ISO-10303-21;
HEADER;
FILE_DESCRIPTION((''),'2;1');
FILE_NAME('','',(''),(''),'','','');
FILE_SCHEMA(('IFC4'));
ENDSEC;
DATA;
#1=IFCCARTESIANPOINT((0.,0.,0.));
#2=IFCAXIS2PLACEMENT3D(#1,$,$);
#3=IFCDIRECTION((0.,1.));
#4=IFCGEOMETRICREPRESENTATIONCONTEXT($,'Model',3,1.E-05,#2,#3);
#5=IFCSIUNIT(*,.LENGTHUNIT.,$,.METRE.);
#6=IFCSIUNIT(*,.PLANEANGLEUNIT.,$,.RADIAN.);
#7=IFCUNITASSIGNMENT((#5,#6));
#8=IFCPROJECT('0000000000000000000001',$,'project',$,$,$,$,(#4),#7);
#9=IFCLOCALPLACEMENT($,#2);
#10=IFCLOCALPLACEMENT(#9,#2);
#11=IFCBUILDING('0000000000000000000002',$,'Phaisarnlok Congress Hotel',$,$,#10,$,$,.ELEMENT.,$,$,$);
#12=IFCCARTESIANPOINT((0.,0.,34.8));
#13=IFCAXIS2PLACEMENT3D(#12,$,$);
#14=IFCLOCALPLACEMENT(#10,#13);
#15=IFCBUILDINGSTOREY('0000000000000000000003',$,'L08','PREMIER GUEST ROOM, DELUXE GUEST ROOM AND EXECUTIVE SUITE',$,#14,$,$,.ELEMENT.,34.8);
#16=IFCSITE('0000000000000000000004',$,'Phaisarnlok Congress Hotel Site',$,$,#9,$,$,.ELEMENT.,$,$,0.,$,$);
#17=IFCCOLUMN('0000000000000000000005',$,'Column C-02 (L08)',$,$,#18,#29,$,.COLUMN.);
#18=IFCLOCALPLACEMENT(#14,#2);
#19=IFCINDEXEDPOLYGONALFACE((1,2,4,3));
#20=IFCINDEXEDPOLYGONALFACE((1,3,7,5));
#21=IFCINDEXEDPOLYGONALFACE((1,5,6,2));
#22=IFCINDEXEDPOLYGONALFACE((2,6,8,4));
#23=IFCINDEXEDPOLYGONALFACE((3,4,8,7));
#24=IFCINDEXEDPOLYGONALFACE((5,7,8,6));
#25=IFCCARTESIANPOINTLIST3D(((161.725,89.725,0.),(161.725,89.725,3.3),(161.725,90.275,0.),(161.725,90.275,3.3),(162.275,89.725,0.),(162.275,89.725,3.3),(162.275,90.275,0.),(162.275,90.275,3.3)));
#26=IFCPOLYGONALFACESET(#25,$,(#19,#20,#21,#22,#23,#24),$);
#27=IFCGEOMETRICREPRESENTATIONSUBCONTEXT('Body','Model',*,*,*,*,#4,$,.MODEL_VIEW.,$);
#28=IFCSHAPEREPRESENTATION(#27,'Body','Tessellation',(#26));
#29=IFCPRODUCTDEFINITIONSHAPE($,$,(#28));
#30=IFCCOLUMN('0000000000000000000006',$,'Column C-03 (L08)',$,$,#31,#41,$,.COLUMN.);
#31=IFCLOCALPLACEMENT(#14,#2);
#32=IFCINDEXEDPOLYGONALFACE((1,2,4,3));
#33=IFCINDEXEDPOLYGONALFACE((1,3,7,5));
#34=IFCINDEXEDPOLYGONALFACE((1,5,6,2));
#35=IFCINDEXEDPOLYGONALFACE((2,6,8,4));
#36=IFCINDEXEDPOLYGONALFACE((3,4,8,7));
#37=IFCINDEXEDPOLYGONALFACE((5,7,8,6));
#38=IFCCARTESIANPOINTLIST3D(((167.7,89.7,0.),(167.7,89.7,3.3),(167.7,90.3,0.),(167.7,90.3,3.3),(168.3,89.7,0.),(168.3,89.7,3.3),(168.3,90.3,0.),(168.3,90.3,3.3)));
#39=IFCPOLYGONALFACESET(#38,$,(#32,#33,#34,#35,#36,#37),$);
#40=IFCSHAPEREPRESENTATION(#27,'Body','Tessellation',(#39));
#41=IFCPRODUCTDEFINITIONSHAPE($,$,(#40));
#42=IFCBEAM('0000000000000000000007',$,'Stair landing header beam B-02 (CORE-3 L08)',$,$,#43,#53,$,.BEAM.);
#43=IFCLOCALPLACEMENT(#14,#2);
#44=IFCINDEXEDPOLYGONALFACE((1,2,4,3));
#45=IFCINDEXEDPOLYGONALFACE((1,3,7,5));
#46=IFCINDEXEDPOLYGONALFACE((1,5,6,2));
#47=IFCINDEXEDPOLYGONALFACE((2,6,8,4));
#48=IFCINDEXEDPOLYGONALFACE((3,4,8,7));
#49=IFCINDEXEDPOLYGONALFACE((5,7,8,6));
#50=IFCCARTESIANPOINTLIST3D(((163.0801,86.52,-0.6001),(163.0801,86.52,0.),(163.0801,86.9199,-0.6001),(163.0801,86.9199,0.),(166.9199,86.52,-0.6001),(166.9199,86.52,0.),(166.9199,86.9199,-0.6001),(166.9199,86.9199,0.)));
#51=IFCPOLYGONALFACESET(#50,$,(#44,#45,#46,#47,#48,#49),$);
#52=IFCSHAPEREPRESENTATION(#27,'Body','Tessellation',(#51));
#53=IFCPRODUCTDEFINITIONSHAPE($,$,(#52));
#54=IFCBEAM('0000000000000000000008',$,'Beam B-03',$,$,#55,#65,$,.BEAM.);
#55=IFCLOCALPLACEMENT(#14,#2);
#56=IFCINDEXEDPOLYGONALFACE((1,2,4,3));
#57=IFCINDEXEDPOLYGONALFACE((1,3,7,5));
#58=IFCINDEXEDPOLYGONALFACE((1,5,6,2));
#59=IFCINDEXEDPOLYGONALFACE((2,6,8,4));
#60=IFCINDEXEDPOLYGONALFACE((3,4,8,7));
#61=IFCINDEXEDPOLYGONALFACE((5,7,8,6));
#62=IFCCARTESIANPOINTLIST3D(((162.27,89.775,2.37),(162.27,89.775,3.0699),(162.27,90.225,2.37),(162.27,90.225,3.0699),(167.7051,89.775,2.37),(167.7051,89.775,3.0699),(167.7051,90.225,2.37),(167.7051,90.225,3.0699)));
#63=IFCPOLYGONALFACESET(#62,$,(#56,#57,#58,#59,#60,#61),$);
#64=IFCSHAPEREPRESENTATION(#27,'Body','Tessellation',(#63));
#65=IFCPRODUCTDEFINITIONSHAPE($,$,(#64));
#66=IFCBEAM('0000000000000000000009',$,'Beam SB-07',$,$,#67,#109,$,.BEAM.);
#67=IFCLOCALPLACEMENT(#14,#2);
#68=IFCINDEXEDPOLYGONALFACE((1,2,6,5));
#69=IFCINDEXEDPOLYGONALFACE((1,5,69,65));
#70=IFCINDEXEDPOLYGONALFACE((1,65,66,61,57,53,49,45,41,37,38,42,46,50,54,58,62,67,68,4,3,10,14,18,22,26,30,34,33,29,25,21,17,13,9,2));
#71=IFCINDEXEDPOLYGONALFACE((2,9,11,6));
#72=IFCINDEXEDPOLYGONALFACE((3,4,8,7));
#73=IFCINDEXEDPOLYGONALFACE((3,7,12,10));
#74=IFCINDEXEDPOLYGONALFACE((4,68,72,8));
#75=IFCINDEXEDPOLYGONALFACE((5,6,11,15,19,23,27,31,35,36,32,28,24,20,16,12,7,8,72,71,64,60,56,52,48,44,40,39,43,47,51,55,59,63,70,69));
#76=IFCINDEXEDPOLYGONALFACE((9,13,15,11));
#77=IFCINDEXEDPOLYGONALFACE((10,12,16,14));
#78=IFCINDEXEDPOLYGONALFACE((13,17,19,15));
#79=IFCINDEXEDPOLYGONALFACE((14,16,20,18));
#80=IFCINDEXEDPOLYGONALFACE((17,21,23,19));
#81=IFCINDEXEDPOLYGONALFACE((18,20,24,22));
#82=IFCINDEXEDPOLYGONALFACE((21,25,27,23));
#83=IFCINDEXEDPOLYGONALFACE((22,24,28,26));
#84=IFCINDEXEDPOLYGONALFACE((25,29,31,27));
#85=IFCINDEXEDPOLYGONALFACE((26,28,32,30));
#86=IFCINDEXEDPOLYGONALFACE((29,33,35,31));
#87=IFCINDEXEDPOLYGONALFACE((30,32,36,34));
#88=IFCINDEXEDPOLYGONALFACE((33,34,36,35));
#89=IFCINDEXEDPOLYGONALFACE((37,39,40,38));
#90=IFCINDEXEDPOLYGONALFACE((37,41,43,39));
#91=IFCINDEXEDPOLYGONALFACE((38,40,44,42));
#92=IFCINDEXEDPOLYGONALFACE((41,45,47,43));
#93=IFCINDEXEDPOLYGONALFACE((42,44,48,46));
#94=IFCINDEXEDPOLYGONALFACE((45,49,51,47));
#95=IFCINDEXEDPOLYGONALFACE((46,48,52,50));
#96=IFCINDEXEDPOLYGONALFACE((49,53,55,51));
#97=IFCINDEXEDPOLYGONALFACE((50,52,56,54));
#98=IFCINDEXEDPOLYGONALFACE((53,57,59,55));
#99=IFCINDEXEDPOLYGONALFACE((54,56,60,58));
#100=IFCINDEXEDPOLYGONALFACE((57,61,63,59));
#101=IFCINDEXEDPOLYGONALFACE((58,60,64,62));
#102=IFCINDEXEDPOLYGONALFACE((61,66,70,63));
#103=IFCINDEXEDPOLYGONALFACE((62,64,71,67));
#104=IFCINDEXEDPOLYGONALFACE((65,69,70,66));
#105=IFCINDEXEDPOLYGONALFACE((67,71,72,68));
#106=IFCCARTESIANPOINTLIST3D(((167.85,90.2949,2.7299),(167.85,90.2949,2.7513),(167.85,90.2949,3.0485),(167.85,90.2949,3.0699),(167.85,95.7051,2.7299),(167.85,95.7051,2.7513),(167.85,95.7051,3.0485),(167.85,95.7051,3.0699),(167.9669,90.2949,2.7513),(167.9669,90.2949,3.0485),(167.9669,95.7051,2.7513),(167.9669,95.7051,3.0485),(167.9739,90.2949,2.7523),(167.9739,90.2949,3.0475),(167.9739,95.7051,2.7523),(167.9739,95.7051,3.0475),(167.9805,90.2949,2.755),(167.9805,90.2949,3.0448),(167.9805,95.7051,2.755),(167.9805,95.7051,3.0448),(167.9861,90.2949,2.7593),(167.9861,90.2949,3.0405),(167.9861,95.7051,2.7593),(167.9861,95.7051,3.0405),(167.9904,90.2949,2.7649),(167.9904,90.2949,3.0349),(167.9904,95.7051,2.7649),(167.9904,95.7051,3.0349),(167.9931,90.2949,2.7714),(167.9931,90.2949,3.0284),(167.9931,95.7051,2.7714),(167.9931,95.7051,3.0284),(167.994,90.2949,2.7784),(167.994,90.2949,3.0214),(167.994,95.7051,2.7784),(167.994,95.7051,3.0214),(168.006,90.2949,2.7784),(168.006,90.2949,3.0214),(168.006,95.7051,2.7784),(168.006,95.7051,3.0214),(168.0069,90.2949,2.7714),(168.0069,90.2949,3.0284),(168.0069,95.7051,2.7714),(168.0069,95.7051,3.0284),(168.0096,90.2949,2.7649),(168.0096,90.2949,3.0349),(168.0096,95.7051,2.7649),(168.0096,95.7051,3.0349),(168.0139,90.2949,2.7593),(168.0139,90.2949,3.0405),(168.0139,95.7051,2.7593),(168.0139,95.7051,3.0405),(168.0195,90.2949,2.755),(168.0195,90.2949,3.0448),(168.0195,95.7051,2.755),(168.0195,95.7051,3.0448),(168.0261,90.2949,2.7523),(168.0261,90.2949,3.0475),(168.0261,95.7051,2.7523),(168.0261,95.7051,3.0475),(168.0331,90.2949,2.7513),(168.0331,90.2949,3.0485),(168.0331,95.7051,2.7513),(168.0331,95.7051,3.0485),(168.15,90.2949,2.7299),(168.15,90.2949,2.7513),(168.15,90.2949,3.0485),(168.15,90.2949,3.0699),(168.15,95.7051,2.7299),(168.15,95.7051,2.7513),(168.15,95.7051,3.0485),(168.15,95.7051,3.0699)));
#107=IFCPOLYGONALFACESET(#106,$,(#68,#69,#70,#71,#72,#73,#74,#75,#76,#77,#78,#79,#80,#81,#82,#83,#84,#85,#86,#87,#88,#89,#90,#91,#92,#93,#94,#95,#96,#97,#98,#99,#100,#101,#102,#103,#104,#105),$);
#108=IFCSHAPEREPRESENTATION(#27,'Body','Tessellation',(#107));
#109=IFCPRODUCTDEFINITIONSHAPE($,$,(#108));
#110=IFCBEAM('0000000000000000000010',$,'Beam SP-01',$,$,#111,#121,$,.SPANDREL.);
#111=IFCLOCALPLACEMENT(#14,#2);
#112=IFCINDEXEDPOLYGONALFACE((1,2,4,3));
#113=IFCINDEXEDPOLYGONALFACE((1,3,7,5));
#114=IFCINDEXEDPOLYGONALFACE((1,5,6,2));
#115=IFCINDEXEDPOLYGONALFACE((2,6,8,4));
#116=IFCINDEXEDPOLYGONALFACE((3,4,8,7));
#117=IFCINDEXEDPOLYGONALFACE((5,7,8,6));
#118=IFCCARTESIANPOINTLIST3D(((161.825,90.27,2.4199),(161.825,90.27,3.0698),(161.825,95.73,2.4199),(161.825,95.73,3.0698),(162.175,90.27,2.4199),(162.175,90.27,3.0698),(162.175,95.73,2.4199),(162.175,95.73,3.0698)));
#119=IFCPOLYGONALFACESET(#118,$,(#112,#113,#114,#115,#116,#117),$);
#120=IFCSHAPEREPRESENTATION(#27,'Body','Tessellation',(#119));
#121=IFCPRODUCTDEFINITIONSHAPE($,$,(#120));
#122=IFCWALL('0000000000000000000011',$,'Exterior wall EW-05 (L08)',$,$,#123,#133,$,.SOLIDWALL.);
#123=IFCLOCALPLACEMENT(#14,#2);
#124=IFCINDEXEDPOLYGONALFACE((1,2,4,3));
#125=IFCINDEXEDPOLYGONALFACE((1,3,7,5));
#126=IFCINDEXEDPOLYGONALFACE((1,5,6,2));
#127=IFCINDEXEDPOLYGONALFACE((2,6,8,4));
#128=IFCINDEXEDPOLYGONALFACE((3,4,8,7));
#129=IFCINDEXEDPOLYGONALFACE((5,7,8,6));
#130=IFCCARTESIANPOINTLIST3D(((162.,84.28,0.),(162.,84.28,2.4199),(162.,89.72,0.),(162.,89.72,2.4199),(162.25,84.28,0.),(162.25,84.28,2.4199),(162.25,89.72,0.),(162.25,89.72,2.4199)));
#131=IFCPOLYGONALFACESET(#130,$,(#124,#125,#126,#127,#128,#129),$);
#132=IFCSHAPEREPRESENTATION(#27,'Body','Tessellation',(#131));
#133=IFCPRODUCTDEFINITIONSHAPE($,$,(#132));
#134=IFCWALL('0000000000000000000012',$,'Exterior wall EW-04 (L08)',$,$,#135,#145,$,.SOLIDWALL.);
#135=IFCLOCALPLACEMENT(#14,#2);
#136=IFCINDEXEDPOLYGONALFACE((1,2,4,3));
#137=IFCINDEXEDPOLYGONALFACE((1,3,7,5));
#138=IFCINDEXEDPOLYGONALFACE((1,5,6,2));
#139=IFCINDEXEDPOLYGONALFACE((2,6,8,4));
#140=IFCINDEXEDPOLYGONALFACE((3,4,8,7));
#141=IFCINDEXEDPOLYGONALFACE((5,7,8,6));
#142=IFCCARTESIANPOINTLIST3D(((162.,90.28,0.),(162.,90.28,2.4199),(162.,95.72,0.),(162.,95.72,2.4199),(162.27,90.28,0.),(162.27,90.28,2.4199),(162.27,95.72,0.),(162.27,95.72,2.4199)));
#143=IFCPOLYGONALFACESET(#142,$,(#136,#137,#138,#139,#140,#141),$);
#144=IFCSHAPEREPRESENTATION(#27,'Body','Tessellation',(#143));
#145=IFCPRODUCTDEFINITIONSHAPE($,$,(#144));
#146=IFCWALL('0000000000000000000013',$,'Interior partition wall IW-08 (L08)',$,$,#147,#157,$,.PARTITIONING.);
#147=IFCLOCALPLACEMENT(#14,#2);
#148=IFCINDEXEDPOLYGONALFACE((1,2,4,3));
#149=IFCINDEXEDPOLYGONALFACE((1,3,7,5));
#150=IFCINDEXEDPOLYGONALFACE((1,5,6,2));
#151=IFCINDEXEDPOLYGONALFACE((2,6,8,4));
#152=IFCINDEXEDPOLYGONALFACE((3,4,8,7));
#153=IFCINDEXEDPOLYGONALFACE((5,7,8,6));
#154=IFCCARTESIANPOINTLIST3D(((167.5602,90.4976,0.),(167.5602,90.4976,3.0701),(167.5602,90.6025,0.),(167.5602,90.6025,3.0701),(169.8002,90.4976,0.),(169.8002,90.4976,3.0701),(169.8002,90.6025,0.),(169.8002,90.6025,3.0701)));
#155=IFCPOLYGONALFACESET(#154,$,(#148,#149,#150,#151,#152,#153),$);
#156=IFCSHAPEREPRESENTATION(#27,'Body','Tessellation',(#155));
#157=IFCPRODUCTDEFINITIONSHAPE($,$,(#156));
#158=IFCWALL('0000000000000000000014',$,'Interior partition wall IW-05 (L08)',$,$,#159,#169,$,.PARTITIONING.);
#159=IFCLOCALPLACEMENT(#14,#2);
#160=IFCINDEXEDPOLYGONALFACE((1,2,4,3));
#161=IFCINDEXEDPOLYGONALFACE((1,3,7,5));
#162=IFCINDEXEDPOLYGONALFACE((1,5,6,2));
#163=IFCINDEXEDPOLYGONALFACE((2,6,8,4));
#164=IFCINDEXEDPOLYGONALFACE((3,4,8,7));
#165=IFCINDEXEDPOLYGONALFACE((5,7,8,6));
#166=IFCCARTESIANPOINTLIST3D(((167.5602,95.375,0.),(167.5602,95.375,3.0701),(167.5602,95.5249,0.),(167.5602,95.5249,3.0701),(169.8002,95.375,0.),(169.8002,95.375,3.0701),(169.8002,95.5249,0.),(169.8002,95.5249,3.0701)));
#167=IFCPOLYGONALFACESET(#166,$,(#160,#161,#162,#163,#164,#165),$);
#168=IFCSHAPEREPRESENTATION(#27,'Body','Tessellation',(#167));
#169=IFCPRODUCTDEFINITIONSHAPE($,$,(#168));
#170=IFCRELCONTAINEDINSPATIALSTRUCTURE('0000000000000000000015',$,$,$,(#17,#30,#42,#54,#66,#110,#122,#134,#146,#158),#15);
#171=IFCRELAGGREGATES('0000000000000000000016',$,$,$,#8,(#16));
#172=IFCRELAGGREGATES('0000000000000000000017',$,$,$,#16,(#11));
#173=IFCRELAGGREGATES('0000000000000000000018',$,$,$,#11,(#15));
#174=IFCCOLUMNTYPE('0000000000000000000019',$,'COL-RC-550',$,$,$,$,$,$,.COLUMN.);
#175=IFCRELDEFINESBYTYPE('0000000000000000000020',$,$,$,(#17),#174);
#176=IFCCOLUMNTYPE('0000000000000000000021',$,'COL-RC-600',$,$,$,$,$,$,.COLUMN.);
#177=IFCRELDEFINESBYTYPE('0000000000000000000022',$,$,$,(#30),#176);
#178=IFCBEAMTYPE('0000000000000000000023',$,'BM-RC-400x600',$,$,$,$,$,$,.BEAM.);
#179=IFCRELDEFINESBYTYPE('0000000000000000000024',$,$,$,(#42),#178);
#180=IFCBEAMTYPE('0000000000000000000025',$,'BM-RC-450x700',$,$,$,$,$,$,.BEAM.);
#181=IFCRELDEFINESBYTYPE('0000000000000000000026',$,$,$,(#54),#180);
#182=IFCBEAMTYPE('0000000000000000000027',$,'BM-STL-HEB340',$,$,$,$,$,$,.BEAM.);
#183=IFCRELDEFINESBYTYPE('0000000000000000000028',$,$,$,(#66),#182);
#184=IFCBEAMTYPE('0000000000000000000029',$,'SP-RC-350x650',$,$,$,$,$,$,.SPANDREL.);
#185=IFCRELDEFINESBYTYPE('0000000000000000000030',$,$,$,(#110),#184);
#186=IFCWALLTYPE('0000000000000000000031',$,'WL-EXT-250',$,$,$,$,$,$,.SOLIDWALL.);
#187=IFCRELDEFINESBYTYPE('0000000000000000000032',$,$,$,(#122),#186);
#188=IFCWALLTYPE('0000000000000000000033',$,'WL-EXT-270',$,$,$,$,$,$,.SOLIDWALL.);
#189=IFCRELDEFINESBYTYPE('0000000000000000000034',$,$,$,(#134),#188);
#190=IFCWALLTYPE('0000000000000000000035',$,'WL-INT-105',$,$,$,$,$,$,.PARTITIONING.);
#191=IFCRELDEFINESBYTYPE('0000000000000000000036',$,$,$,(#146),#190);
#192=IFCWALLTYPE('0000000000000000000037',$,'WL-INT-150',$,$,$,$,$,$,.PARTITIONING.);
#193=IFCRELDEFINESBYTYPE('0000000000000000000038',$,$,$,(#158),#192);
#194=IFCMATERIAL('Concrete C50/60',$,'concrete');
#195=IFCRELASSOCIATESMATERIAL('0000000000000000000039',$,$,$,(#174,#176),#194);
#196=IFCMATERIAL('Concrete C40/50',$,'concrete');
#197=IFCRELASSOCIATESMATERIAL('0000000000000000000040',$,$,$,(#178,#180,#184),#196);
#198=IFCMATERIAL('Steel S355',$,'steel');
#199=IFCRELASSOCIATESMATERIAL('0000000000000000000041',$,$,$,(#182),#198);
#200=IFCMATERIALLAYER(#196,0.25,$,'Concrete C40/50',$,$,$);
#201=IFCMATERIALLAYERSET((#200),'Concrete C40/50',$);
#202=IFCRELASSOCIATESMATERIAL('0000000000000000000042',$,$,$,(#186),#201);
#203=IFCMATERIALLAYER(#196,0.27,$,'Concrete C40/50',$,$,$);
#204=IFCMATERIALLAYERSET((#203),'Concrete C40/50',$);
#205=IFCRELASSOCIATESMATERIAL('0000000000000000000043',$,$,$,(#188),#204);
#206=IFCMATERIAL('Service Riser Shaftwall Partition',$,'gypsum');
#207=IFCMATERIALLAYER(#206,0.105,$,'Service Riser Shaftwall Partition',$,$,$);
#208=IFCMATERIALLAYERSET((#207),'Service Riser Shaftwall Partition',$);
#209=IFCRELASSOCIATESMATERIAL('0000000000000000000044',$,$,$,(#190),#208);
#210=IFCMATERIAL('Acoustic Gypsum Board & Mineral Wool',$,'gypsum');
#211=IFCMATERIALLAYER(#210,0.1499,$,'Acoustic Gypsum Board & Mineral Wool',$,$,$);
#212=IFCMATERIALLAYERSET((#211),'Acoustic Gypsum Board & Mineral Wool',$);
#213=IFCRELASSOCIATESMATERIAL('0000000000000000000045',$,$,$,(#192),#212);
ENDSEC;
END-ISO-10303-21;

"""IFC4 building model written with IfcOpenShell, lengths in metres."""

from ifc_helpers import new_model, si_unit, direction, frame, frame_2d, origin, origin_2d, place, context, subcontext, project, spatial, rectangle, i_section, extrude, material, layer, layer_set, material_profile, profile_set, type_object, element, save


model = new_model("IFC4")

# Units and contexts
model_context = context("Model", 3, precision=1e-05, world=origin(), true_north=direction((0.0, 1.0)))
body_context = subcontext(model_context, "Body", "Model", "MODEL_VIEW")
ifc_project = project(units=[si_unit("LENGTHUNIT", "METRE"), si_unit("PLANEANGLEUNIT", "RADIAN")], contexts=[model_context])

# Site, building, storey
site_placement = place(None, origin())
site = spatial("IfcSite", under=ifc_project, at=site_placement, Name="Phaisarnlok Congress Hotel Site", CompositionType="ELEMENT", RefElevation=0.0)
building_placement = place(site_placement, origin())
building = spatial("IfcBuilding", under=site, at=building_placement, Name="Phaisarnlok Congress Hotel", CompositionType="ELEMENT")
storey_placement = place(building_placement, frame((0.0, 0.0, 34.8)))
storey = spatial("IfcBuildingStorey", under=building, at=storey_placement, Name="L08", Description="PREMIER GUEST ROOM, DELUXE GUEST ROOM AND EXECUTIVE SUITE", CompositionType="ELEMENT", Elevation=34.8)

# Columns
ifc_material_1 = material(Name="Concrete C50/60", Category="concrete")
ifc_material_profile_1 = material_profile(ifc_material_1, rectangle(XDim=0.55, YDim=0.55, at=origin_2d()), Name="RC 550x550")
ifc_profile_set_1 = profile_set([ifc_material_profile_1], Name="Concrete C50/60")
column_type_1 = type_object("IfcColumnType", Name="COL-RC-550", PredefinedType="COLUMN", material=ifc_profile_set_1)
column_1_placement = place(storey_placement, frame((162.0, 90.0, 0.0), z_axis=(0.0, 0.0, 1.0), x_axis=(1.0, 0.0, 0.0)))
element("IfcColumn", 1, at=column_1_placement, inside=storey, type_object=column_type_1, Name="Column C-02 (L08)", PredefinedType="COLUMN", context=body_context, shape_type="SweptSolid", body=[
    extrude(rectangle(XDim=0.55, YDim=0.55, at=origin_2d()), origin(), (0.0, 0.0, 1.0), 3.3),
])
ifc_material_profile_2 = material_profile(ifc_material_1, rectangle(XDim=0.6001, YDim=0.6001, at=origin_2d()), Name="RC 600x600")
ifc_profile_set_2 = profile_set([ifc_material_profile_2], Name="Concrete C50/60")
column_type_2 = type_object("IfcColumnType", Name="COL-RC-600", PredefinedType="COLUMN", material=ifc_profile_set_2)
column_2_placement = place(storey_placement, frame((168.0, 90.0, 0.0), z_axis=(0.0, 0.0, 1.0), x_axis=(1.0, 0.0, 0.0)))
element("IfcColumn", 2, at=column_2_placement, inside=storey, type_object=column_type_2, Name="Column C-03 (L08)", PredefinedType="COLUMN", context=body_context, shape_type="SweptSolid", body=[
    extrude(rectangle(XDim=0.6001, YDim=0.6001, at=origin_2d()), origin(), (0.0, 0.0, 1.0), 3.3),
])

# Beams
ifc_material_2 = material(Name="Concrete C40/50", Category="concrete")
ifc_material_profile_3 = material_profile(ifc_material_2, rectangle(XDim=0.3999, YDim=0.6001, at=origin_2d()), Name="RC 400x600")
ifc_profile_set_3 = profile_set([ifc_material_profile_3], Name="Concrete C40/50")
beam_type_1 = type_object("IfcBeamType", Name="BM-RC-400x600", PredefinedType="BEAM", material=ifc_profile_set_3)
beam_1_placement = place(storey_placement, frame((163.0801, 86.72, -0.3), z_axis=(1.0, 0.0, 0.0), x_axis=(0.0, 1.0, 0.0)))
element("IfcBeam", 3, at=beam_1_placement, inside=storey, type_object=beam_type_1, Name="Stair landing header beam B-02 (CORE-3 L08)", PredefinedType="BEAM", context=body_context, shape_type="SweptSolid", body=[
    extrude(rectangle(XDim=0.3999, YDim=0.6001, at=origin_2d()), origin(), (0.0, 0.0, 1.0), 3.8398),
])
ifc_material_profile_4 = material_profile(ifc_material_2, rectangle(XDim=0.45, YDim=0.7, at=origin_2d()), Name="RC 450x700")
ifc_profile_set_4 = profile_set([ifc_material_profile_4], Name="Concrete C40/50")
beam_type_2 = type_object("IfcBeamType", Name="BM-RC-450x700", PredefinedType="BEAM", material=ifc_profile_set_4)
beam_2_placement = place(storey_placement, frame((162.27, 90.0, 2.72), z_axis=(1.0, 0.0, 0.0), x_axis=(0.0, 1.0, 0.0)))
element("IfcBeam", 4, at=beam_2_placement, inside=storey, type_object=beam_type_2, Name="Beam B-03", PredefinedType="BEAM", context=body_context, shape_type="SweptSolid", body=[
    extrude(rectangle(XDim=0.45, YDim=0.7, at=origin_2d()), origin(), (0.0, 0.0, 1.0), 5.4351),
])
ifc_material_3 = material(Name="Steel S355", Category="steel")
ifc_material_profile_5 = material_profile(ifc_material_3, i_section(OverallWidth=0.3, OverallDepth=0.3401, WebThickness=0.012, FlangeThickness=0.0215, FilletRadius=0.0271, at=origin_2d()), Name="HEB 340")
ifc_profile_set_5 = profile_set([ifc_material_profile_5], Name="Steel S355")
beam_type_3 = type_object("IfcBeamType", Name="BM-STL-HEB340", PredefinedType="BEAM", material=ifc_profile_set_5)
beam_3_placement = place(storey_placement, frame((168.0, 90.2949, 2.8999), z_axis=(0.0, 1.0, 0.0), x_axis=(-1.0, 0.0, 0.0)))
element("IfcBeam", 5, at=beam_3_placement, inside=storey, type_object=beam_type_3, Name="Beam SB-07", PredefinedType="BEAM", context=body_context, shape_type="SweptSolid", body=[
    extrude(i_section(OverallWidth=0.3, OverallDepth=0.3401, WebThickness=0.012, FlangeThickness=0.0215, FilletRadius=0.0271, at=origin_2d()), origin(), (0.0, 0.0, 1.0), 5.4102),
])
ifc_material_profile_6 = material_profile(ifc_material_2, rectangle(XDim=0.3501, YDim=0.6499, at=origin_2d()), Name="RC 350x650")
ifc_profile_set_6 = profile_set([ifc_material_profile_6], Name="Concrete C40/50")
beam_type_4 = type_object("IfcBeamType", Name="SP-RC-350x650", PredefinedType="SPANDREL", material=ifc_profile_set_6)
beam_4_placement = place(storey_placement, frame((162.0, 90.27, 2.7449), z_axis=(0.0, 1.0, 0.0), x_axis=(-1.0, 0.0, 0.0)))
element("IfcBeam", 6, at=beam_4_placement, inside=storey, type_object=beam_type_4, Name="Beam SP-01", PredefinedType="SPANDREL", context=body_context, shape_type="SweptSolid", body=[
    extrude(rectangle(XDim=0.3501, YDim=0.6499, at=origin_2d()), origin(), (0.0, 0.0, 1.0), 5.46),
])

# Walls
ifc_layer_1 = layer(ifc_material_2, 0.25, Name="Concrete C40/50")
ifc_layer_set_1 = layer_set([ifc_layer_1], Name="Concrete C40/50")
wall_type_1 = type_object("IfcWallType", Name="WL-EXT-250", PredefinedType="SOLIDWALL", material=ifc_layer_set_1)
wall_1_placement = place(storey_placement, frame((162.125, 89.72, 0.0), z_axis=(0.0, 0.0, 1.0), x_axis=(0.0, -1.0, 0.0)))
element("IfcWall", 7, at=wall_1_placement, inside=storey, type_object=wall_type_1, Name="Exterior wall EW-05 (L08)", PredefinedType="SOLIDWALL", context=body_context, shape_type="SweptSolid", body=[
    extrude(rectangle(XDim=5.4399, YDim=0.25, at=frame_2d((2.72, 0.0))), origin(), (0.0, 0.0, 1.0), 2.4199),
])
ifc_layer_2 = layer(ifc_material_2, 0.27, Name="Concrete C40/50")
ifc_layer_set_2 = layer_set([ifc_layer_2], Name="Concrete C40/50")
wall_type_2 = type_object("IfcWallType", Name="WL-EXT-270", PredefinedType="SOLIDWALL", material=ifc_layer_set_2)
wall_2_placement = place(storey_placement, frame((162.135, 95.72, 0.0), z_axis=(0.0, 0.0, 1.0), x_axis=(0.0, -1.0, 0.0)))
element("IfcWall", 8, at=wall_2_placement, inside=storey, type_object=wall_type_2, Name="Exterior wall EW-04 (L08)", PredefinedType="SOLIDWALL", context=body_context, shape_type="SweptSolid", body=[
    extrude(rectangle(XDim=5.4399, YDim=0.27, at=frame_2d((2.72, 0.0))), origin(), (0.0, 0.0, 1.0), 2.4199),
])
ifc_material_4 = material(Name="Service Riser Shaftwall Partition", Category="gypsum")
ifc_layer_3 = layer(ifc_material_4, 0.105, Name="Service Riser Shaftwall Partition")
ifc_layer_set_3 = layer_set([ifc_layer_3], Name="Service Riser Shaftwall Partition")
wall_type_3 = type_object("IfcWallType", Name="WL-INT-105", PredefinedType="PARTITIONING", material=ifc_layer_set_3)
wall_3_placement = place(storey_placement, frame((167.5601, 90.55, 0.0), z_axis=(0.0, 0.0, 1.0), x_axis=(1.0, 0.0, 0.0)))
element("IfcWall", 9, at=wall_3_placement, inside=storey, type_object=wall_type_3, Name="Interior partition wall IW-08 (L08)", PredefinedType="PARTITIONING", context=body_context, shape_type="SweptSolid", body=[
    extrude(rectangle(XDim=2.24, YDim=0.105, at=frame_2d((1.1201, 0.0))), origin(), (0.0, 0.0, 1.0), 3.0701),
])
ifc_material_5 = material(Name="Acoustic Gypsum Board & Mineral Wool", Category="gypsum")
ifc_layer_4 = layer(ifc_material_5, 0.1499, Name="Acoustic Gypsum Board & Mineral Wool")
ifc_layer_set_4 = layer_set([ifc_layer_4], Name="Acoustic Gypsum Board & Mineral Wool")
wall_type_4 = type_object("IfcWallType", Name="WL-INT-150", PredefinedType="PARTITIONING", material=ifc_layer_set_4)
wall_4_placement = place(storey_placement, frame((167.5601, 95.45, 0.0), z_axis=(0.0, 0.0, 1.0), x_axis=(1.0, 0.0, 0.0)))
element("IfcWall", 10, at=wall_4_placement, inside=storey, type_object=wall_type_4, Name="Interior partition wall IW-05 (L08)", PredefinedType="PARTITIONING", context=body_context, shape_type="SweptSolid", body=[
    extrude(rectangle(XDim=2.24, YDim=0.1499, at=frame_2d((1.1201, 0.0))), origin(), (0.0, 0.0, 1.0), 3.0701),
])

save(model, "model.ifc")
